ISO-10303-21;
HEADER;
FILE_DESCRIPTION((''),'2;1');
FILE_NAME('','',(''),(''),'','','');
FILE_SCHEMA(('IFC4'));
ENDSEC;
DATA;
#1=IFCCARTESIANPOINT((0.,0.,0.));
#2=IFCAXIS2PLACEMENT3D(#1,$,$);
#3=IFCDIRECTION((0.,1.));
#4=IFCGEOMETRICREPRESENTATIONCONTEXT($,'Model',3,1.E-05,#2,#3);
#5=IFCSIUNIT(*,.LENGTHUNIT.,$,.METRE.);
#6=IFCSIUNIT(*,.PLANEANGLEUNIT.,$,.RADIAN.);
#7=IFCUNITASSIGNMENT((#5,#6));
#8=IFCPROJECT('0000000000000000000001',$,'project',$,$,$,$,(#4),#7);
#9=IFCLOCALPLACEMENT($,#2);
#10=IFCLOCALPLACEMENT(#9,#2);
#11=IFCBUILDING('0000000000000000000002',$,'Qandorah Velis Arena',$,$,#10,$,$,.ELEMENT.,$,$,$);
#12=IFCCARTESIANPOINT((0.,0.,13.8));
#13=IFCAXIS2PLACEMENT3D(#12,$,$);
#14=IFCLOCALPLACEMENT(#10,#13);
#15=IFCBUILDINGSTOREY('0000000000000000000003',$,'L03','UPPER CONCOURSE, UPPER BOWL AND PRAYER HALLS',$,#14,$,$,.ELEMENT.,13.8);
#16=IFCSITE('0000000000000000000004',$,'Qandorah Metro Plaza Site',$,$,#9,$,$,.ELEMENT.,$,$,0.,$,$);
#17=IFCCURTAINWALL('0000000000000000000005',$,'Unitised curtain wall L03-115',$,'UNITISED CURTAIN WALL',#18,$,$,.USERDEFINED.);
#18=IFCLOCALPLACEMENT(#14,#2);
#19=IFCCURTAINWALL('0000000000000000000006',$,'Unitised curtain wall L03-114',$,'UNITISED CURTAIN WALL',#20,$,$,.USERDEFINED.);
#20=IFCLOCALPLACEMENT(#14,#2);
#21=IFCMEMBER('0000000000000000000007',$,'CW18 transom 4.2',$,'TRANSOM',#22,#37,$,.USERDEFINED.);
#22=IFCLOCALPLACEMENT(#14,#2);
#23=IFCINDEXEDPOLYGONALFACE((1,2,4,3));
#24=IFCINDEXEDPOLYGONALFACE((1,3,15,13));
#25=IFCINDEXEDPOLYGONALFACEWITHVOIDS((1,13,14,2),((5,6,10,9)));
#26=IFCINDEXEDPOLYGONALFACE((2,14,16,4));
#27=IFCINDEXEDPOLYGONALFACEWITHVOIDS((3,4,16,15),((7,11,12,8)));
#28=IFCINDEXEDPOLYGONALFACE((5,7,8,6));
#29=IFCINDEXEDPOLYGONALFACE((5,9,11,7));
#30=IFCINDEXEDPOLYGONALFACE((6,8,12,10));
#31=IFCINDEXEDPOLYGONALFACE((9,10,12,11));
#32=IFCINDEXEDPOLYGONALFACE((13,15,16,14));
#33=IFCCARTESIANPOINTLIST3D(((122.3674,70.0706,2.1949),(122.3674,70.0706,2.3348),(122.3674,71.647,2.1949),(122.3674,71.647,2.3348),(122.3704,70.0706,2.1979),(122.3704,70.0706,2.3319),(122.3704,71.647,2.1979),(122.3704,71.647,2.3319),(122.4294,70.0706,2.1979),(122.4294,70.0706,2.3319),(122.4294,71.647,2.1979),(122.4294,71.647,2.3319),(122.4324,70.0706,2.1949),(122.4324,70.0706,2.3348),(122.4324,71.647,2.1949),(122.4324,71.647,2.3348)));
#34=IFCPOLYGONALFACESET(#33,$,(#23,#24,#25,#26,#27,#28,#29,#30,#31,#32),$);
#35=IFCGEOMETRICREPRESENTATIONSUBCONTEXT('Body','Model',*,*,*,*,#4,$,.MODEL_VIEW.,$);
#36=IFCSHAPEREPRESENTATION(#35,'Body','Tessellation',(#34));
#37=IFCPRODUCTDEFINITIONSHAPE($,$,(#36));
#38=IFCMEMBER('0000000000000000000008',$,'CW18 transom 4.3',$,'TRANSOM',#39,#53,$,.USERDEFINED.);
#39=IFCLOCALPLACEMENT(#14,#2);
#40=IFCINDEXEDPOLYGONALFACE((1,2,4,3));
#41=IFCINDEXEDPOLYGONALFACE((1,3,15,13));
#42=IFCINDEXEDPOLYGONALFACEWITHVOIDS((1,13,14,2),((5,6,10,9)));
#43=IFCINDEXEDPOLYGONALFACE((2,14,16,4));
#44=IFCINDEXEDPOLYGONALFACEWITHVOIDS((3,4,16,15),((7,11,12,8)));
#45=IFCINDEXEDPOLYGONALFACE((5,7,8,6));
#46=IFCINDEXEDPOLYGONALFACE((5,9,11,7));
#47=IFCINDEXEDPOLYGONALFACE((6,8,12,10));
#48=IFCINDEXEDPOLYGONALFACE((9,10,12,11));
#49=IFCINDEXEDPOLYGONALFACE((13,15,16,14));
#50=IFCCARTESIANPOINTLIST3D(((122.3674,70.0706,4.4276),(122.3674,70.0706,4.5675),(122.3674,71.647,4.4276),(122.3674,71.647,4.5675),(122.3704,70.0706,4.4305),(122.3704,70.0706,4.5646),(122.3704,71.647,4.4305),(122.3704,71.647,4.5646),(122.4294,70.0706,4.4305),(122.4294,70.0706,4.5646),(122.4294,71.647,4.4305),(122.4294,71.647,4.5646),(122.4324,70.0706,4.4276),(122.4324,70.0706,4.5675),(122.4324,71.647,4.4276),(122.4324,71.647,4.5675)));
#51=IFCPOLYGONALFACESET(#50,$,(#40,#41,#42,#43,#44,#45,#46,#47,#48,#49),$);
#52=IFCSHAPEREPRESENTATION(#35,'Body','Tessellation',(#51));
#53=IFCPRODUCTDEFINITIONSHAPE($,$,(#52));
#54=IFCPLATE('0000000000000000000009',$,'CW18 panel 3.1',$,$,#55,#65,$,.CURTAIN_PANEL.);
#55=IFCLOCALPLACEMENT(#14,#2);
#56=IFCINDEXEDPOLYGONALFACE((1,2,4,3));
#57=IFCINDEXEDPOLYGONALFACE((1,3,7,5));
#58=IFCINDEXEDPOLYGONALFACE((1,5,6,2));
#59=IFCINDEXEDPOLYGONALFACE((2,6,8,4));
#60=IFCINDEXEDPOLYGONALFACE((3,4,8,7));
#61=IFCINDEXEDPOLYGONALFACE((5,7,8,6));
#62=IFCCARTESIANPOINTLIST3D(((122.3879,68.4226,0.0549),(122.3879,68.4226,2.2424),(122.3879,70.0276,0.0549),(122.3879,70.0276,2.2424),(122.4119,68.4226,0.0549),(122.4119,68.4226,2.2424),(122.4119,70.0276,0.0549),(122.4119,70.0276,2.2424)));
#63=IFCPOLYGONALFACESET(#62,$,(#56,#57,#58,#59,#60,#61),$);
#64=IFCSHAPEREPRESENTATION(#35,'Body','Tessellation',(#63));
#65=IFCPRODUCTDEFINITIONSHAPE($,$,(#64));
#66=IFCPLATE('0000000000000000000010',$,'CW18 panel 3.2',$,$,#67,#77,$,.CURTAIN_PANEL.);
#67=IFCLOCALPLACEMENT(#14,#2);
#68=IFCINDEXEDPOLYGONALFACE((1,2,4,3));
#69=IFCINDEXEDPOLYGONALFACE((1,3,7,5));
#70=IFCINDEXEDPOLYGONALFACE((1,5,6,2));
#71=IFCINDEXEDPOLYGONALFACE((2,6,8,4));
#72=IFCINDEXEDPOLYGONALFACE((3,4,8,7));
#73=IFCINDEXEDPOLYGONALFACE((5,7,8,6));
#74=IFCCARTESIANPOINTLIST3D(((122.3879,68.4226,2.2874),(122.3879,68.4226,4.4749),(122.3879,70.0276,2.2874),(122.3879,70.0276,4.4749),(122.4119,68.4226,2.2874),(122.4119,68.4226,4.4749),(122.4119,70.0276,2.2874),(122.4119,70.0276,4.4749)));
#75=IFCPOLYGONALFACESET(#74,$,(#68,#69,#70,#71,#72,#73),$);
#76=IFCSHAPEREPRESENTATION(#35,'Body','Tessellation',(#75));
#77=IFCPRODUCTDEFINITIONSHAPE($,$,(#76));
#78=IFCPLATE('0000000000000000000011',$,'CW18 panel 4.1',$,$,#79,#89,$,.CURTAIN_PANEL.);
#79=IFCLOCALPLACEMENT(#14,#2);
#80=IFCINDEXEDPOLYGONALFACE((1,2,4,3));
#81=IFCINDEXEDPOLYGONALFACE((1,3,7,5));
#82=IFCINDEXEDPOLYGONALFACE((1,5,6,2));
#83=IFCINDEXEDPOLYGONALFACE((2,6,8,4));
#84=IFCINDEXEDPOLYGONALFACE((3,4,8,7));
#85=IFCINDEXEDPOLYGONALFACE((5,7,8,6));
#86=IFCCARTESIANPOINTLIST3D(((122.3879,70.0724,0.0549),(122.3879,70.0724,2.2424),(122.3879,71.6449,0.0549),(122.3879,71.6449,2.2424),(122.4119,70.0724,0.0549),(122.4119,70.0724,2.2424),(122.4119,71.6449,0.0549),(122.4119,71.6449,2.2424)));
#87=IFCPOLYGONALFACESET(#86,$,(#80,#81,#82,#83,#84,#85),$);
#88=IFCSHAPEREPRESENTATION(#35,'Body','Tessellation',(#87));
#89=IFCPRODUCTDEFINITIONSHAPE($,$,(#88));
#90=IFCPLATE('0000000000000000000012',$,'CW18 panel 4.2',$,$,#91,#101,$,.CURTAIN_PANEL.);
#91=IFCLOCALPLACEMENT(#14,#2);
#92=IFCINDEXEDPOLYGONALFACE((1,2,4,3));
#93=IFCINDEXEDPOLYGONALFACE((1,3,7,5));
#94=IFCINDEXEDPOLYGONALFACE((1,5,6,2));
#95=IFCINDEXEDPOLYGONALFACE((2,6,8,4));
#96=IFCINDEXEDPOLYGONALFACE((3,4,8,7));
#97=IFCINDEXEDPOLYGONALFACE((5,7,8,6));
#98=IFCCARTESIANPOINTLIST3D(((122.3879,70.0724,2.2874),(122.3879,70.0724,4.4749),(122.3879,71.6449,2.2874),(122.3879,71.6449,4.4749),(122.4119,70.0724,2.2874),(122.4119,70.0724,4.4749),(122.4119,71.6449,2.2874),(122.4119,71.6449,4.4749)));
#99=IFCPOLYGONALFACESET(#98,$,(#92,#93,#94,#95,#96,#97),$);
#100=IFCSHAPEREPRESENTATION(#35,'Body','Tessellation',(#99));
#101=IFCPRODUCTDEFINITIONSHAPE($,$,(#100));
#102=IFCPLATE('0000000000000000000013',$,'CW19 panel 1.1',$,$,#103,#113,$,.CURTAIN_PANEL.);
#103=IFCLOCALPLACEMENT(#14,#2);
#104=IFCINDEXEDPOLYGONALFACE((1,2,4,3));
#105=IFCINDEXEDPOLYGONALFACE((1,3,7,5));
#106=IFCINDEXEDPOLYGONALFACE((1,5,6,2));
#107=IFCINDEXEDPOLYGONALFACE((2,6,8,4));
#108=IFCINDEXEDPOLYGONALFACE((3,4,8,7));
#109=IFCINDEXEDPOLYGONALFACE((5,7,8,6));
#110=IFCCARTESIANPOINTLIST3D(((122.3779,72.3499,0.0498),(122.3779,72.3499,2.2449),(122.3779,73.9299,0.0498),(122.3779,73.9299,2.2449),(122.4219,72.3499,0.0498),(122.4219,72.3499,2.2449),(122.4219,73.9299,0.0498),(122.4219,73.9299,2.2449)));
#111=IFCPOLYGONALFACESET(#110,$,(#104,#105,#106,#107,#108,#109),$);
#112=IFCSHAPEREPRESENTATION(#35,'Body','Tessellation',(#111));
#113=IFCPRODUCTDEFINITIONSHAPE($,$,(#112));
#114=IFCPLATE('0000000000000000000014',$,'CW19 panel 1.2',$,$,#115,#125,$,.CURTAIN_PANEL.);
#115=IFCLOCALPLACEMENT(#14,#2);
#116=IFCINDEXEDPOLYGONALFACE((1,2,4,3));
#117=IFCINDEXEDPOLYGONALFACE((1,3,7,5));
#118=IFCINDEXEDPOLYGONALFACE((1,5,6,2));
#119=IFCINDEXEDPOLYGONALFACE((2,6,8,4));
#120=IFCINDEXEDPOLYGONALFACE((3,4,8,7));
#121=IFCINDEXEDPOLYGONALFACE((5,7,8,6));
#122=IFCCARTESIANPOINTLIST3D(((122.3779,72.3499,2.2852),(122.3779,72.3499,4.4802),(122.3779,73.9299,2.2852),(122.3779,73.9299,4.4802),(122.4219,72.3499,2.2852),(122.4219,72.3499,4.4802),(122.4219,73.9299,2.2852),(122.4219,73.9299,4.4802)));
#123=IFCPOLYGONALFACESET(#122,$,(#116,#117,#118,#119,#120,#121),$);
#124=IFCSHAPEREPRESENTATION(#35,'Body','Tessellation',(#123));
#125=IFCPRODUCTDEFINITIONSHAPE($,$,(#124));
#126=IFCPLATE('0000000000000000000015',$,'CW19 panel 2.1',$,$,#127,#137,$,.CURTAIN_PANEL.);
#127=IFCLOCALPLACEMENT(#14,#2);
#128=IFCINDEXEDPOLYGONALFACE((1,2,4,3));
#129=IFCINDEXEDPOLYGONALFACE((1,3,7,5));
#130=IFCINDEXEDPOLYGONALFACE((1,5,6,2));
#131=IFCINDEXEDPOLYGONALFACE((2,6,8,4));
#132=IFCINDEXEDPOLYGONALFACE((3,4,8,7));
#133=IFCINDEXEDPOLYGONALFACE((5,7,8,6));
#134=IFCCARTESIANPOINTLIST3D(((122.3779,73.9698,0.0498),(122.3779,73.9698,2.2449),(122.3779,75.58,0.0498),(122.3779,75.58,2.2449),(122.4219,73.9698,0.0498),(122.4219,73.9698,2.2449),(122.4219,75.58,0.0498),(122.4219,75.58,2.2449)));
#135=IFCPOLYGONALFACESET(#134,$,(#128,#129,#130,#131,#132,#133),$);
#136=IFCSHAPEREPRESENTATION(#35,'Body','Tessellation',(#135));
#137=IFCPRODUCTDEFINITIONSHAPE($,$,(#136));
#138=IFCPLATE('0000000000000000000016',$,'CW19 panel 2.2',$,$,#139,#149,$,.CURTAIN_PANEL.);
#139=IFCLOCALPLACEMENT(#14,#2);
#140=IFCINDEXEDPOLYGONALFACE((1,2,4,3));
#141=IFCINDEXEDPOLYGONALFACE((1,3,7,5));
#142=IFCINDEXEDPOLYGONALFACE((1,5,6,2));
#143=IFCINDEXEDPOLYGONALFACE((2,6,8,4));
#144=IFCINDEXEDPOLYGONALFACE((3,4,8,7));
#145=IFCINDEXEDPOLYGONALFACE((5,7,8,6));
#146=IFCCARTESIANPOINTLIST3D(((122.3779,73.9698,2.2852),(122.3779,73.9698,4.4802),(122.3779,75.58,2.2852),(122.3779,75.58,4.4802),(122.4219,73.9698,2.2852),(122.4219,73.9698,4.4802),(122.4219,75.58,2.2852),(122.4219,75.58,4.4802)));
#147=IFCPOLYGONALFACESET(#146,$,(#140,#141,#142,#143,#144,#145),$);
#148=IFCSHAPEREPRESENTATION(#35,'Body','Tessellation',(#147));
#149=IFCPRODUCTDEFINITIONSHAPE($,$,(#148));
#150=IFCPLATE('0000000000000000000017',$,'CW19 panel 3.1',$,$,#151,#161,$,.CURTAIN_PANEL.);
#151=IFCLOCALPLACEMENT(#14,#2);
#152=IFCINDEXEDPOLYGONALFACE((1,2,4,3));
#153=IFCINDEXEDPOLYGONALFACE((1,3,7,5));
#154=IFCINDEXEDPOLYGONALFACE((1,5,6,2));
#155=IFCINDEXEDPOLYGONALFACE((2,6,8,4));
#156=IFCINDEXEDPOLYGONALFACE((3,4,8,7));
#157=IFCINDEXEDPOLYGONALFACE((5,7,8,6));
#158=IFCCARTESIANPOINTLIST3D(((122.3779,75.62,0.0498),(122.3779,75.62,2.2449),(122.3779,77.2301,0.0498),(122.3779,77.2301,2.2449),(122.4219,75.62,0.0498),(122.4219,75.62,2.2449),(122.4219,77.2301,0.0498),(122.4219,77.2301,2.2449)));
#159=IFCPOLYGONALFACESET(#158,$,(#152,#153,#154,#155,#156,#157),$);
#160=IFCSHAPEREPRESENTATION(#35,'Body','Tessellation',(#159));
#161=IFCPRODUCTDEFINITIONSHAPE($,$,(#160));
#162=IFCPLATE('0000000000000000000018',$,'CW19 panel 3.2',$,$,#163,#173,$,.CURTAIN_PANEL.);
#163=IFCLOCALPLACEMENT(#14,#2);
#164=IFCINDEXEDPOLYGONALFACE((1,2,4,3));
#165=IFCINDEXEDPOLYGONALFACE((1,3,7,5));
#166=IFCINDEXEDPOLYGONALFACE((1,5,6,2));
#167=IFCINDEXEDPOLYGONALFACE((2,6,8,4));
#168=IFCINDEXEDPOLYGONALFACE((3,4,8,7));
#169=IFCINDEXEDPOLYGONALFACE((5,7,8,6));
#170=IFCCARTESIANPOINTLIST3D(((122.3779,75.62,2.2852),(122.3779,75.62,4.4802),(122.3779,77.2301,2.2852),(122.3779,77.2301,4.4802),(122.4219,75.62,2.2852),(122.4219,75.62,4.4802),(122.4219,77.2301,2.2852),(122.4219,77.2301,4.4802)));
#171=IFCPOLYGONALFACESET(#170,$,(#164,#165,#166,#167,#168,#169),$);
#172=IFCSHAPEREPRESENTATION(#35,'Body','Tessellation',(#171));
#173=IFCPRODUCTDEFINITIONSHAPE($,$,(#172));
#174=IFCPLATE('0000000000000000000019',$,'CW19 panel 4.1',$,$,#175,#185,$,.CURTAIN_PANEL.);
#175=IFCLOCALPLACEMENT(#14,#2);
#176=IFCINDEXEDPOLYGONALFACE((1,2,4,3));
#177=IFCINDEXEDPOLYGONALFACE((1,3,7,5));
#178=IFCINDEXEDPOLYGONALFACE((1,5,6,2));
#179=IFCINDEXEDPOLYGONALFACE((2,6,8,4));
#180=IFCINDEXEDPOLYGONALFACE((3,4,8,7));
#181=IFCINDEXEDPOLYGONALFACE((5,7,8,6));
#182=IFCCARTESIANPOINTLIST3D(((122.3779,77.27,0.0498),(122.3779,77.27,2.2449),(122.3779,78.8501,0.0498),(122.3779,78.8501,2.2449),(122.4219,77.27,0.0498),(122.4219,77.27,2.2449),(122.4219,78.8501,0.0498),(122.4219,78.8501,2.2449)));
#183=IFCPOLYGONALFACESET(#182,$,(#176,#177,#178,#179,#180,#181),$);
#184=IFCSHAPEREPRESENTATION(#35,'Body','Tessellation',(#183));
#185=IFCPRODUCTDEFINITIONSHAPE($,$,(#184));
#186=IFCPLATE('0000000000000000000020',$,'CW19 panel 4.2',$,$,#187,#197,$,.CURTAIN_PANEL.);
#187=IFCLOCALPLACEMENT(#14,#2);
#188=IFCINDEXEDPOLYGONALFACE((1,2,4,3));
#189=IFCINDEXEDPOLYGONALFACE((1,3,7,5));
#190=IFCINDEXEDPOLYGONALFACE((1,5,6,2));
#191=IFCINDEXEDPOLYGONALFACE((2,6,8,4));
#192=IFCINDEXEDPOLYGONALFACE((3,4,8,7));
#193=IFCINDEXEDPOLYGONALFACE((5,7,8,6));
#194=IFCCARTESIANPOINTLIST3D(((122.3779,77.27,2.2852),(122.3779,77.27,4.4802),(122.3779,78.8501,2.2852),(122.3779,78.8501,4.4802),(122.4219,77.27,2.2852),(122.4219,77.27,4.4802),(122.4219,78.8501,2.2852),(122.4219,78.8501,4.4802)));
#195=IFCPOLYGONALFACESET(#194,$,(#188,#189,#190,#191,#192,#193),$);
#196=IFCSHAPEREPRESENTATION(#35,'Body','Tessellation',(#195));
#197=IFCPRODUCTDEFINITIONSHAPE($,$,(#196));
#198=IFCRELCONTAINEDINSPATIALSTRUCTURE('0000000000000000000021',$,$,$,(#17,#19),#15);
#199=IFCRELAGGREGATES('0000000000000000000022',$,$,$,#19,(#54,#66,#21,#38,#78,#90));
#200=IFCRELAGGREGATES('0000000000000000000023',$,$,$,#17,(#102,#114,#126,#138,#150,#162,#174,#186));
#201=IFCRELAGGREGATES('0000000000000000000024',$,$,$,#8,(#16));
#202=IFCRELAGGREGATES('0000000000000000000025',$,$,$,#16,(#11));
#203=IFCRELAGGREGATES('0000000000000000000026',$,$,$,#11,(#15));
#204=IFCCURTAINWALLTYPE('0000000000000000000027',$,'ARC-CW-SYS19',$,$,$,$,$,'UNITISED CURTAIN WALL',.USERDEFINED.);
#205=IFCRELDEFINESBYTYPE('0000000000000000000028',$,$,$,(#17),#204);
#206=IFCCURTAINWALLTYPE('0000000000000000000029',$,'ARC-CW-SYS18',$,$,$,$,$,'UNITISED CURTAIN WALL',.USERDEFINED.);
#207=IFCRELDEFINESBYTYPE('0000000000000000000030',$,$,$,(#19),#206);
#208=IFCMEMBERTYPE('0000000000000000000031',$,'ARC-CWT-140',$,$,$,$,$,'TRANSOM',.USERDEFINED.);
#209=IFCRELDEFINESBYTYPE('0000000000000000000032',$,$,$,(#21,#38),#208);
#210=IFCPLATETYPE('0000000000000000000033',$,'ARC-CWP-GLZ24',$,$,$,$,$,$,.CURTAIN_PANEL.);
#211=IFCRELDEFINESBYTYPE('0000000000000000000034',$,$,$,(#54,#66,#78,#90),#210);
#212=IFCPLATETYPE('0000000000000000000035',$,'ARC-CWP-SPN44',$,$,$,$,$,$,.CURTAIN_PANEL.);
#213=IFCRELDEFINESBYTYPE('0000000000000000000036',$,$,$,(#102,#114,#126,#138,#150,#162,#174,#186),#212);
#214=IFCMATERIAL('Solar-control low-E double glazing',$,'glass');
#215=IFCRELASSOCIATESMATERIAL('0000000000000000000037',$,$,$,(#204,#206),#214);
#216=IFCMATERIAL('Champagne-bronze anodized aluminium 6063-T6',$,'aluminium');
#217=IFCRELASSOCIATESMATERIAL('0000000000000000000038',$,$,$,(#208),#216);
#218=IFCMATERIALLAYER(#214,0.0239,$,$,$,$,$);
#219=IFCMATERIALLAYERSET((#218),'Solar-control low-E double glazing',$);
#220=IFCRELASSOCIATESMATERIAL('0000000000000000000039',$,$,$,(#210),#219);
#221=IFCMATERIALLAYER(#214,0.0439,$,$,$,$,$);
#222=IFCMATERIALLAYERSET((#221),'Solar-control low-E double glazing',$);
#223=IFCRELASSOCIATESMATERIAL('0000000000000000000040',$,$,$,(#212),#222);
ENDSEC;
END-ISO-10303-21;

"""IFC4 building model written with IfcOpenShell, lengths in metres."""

from ifc_helpers import new_model, si_unit, direction, frame, origin, origin_2d, place, context, subcontext, project, spatial, rectangle, hollow_rectangle, extrude, material, layer, layer_set, material_profile, profile_set, type_object, element, aggregate, save


model = new_model("IFC4")

# Units and contexts
model_context = context("Model", 3, precision=1e-05, world=origin(), true_north=direction((0.0, 1.0)))
body_context = subcontext(model_context, "Body", "Model", "MODEL_VIEW")
ifc_project = project(units=[si_unit("LENGTHUNIT", "METRE"), si_unit("PLANEANGLEUNIT", "RADIAN")], contexts=[model_context])

# Site, building, storey
site_placement = place(None, origin())
site = spatial("IfcSite", under=ifc_project, at=site_placement, Name="Qandorah Metro Plaza Site", CompositionType="ELEMENT", RefElevation=0.0)
building_placement = place(site_placement, origin())
building = spatial("IfcBuilding", under=site, at=building_placement, Name="Qandorah Velis Arena", CompositionType="ELEMENT")
storey_placement = place(building_placement, frame((0.0, 0.0, 13.8)))
storey = spatial("IfcBuildingStorey", under=building, at=storey_placement, Name="L03", Description="UPPER CONCOURSE, UPPER BOWL AND PRAYER HALLS", CompositionType="ELEMENT", Elevation=13.8)

# Shared definitions
ifc_material_1 = material(Name="Solar-control low-E double glazing", Category="glass")
ifc_material_2 = material(Name="Champagne-bronze anodized aluminium 6063-T6", Category="aluminium")

# Curtain walls
curtain_wall_type_1 = type_object("IfcCurtainWallType", Name="ARC-CW-SYS19", ElementType="UNITISED CURTAIN WALL", PredefinedType="USERDEFINED", material=ifc_material_1)
curtain_wall_1_placement = place(storey_placement, origin())
curtain_wall_1 = element("IfcCurtainWall", 1, at=curtain_wall_1_placement, inside=storey, type_object=curtain_wall_type_1, Name="Unitised curtain wall L03-115", ObjectType="UNITISED CURTAIN WALL", PredefinedType="USERDEFINED")
curtain_wall_type_2 = type_object("IfcCurtainWallType", Name="ARC-CW-SYS18", ElementType="UNITISED CURTAIN WALL", PredefinedType="USERDEFINED", material=ifc_material_1)
curtain_wall_2_placement = place(storey_placement, origin())
curtain_wall_2 = element("IfcCurtainWall", 2, at=curtain_wall_2_placement, inside=storey, type_object=curtain_wall_type_2, Name="Unitised curtain wall L03-114", ObjectType="UNITISED CURTAIN WALL", PredefinedType="USERDEFINED")

# Members
ifc_material_profile_1 = material_profile(ifc_material_2, hollow_rectangle(XDim=0.0649, YDim=0.1399, WallThickness=0.0029, at=origin_2d()), Name="ALU TRANSOM 65x140")
ifc_profile_set_1 = profile_set([ifc_material_profile_1], Name="Champagne-bronze anodized aluminium 6063-T6")
member_type_1 = type_object("IfcMemberType", Name="ARC-CWT-140", ElementType="TRANSOM", PredefinedType="USERDEFINED", material=ifc_profile_set_1)
member_1_placement = place(storey_placement, frame((122.3999, 70.0706, 2.2649), z_axis=(0.0, 1.0, 0.0), x_axis=(-1.0, 0.0, 0.0)))
member_1 = element("IfcMember", 3, at=member_1_placement, type_object=member_type_1, Name="CW18 transom 4.2", ObjectType="TRANSOM", PredefinedType="USERDEFINED", context=body_context, shape_type="SweptSolid", body=[
    extrude(hollow_rectangle(XDim=0.0649, YDim=0.1399, WallThickness=0.0029, at=origin_2d()), origin(), (0.0, 0.0, 1.0), 1.5764),
])
member_2_placement = place(storey_placement, frame((122.3999, 70.0706, 4.4976), z_axis=(0.0, 1.0, 0.0), x_axis=(-1.0, 0.0, 0.0)))
member_2 = element("IfcMember", 4, at=member_2_placement, type_object=member_type_1, Name="CW18 transom 4.3", ObjectType="TRANSOM", PredefinedType="USERDEFINED", context=body_context, shape_type="SweptSolid", body=[
    extrude(hollow_rectangle(XDim=0.0649, YDim=0.1399, WallThickness=0.0029, at=origin_2d()), origin(), (0.0, 0.0, 1.0), 1.5764),
])

# Plates
ifc_layer_1 = layer(ifc_material_1, 0.0239)
ifc_layer_set_1 = layer_set([ifc_layer_1], Name="Solar-control low-E double glazing")
plate_type_1 = type_object("IfcPlateType", Name="ARC-CWP-GLZ24", PredefinedType="CURTAIN_PANEL", material=ifc_layer_set_1)
plate_1_placement = place(storey_placement, frame((122.3999, 69.2251, 0.0549), z_axis=(0.0, 0.0, 1.0), x_axis=(0.0, 1.0, 0.0)))
plate_1 = element("IfcPlate", 5, at=plate_1_placement, type_object=plate_type_1, Name="CW18 panel 3.1", PredefinedType="CURTAIN_PANEL", context=body_context, shape_type="SweptSolid", body=[
    extrude(rectangle(XDim=1.605, YDim=0.0239, at=origin_2d()), origin(), (0.0, 0.0, 1.0), 2.1875),
])
plate_2_placement = place(storey_placement, frame((122.3999, 69.2251, 2.2874), z_axis=(0.0, 0.0, 1.0), x_axis=(0.0, 1.0, 0.0)))
plate_2 = element("IfcPlate", 6, at=plate_2_placement, type_object=plate_type_1, Name="CW18 panel 3.2", PredefinedType="CURTAIN_PANEL", context=body_context, shape_type="SweptSolid", body=[
    extrude(rectangle(XDim=1.605, YDim=0.0239, at=origin_2d()), origin(), (0.0, 0.0, 1.0), 2.1875),
])
plate_3_placement = place(storey_placement, frame((122.3999, 70.8586, 0.0549), z_axis=(0.0, 0.0, 1.0), x_axis=(0.0, 1.0, 0.0)))
plate_3 = element("IfcPlate", 7, at=plate_3_placement, type_object=plate_type_1, Name="CW18 panel 4.1", PredefinedType="CURTAIN_PANEL", context=body_context, shape_type="SweptSolid", body=[
    extrude(rectangle(XDim=1.5725, YDim=0.0239, at=origin_2d()), origin(), (0.0, 0.0, 1.0), 2.1875),
])
plate_4_placement = place(storey_placement, frame((122.3999, 70.8586, 2.2874), z_axis=(0.0, 0.0, 1.0), x_axis=(0.0, 1.0, 0.0)))
plate_4 = element("IfcPlate", 8, at=plate_4_placement, type_object=plate_type_1, Name="CW18 panel 4.2", PredefinedType="CURTAIN_PANEL", context=body_context, shape_type="SweptSolid", body=[
    extrude(rectangle(XDim=1.5725, YDim=0.0239, at=origin_2d()), origin(), (0.0, 0.0, 1.0), 2.1875),
])
aggregate(curtain_wall_2, [plate_1, plate_2, member_1, member_2, plate_3, plate_4])
ifc_layer_2 = layer(ifc_material_1, 0.0439)
ifc_layer_set_2 = layer_set([ifc_layer_2], Name="Solar-control low-E double glazing")
plate_type_2 = type_object("IfcPlateType", Name="ARC-CWP-SPN44", PredefinedType="CURTAIN_PANEL", material=ifc_layer_set_2)
plate_5_placement = place(storey_placement, frame((122.3999, 73.1399, 0.0498), z_axis=(0.0, 0.0, 1.0), x_axis=(0.0, 1.0, 0.0)))
plate_5 = element("IfcPlate", 9, at=plate_5_placement, type_object=plate_type_2, Name="CW19 panel 1.1", PredefinedType="CURTAIN_PANEL", context=body_context, shape_type="SweptSolid", body=[
    extrude(rectangle(XDim=1.5801, YDim=0.0439, at=origin_2d()), origin(), (0.0, 0.0, 1.0), 2.1951),
])
plate_6_placement = place(storey_placement, frame((122.3999, 73.1399, 2.2852), z_axis=(0.0, 0.0, 1.0), x_axis=(0.0, 1.0, 0.0)))
plate_6 = element("IfcPlate", 10, at=plate_6_placement, type_object=plate_type_2, Name="CW19 panel 1.2", PredefinedType="CURTAIN_PANEL", context=body_context, shape_type="SweptSolid", body=[
    extrude(rectangle(XDim=1.5801, YDim=0.0439, at=origin_2d()), origin(), (0.0, 0.0, 1.0), 2.1951),
])
plate_7_placement = place(storey_placement, frame((122.3999, 74.7749, 0.0498), z_axis=(0.0, 0.0, 1.0), x_axis=(0.0, 1.0, 0.0)))
plate_7 = element("IfcPlate", 11, at=plate_7_placement, type_object=plate_type_2, Name="CW19 panel 2.1", PredefinedType="CURTAIN_PANEL", context=body_context, shape_type="SweptSolid", body=[
    extrude(rectangle(XDim=1.6101, YDim=0.0439, at=origin_2d()), origin(), (0.0, 0.0, 1.0), 2.1951),
])
plate_8_placement = place(storey_placement, frame((122.3999, 74.7749, 2.2852), z_axis=(0.0, 0.0, 1.0), x_axis=(0.0, 1.0, 0.0)))
plate_8 = element("IfcPlate", 12, at=plate_8_placement, type_object=plate_type_2, Name="CW19 panel 2.2", PredefinedType="CURTAIN_PANEL", context=body_context, shape_type="SweptSolid", body=[
    extrude(rectangle(XDim=1.6101, YDim=0.0439, at=origin_2d()), origin(), (0.0, 0.0, 1.0), 2.1951),
])
plate_9_placement = place(storey_placement, frame((122.3999, 76.425, 0.0498), z_axis=(0.0, 0.0, 1.0), x_axis=(0.0, 1.0, 0.0)))
plate_9 = element("IfcPlate", 13, at=plate_9_placement, type_object=plate_type_2, Name="CW19 panel 3.1", PredefinedType="CURTAIN_PANEL", context=body_context, shape_type="SweptSolid", body=[
    extrude(rectangle(XDim=1.6101, YDim=0.0439, at=origin_2d()), origin(), (0.0, 0.0, 1.0), 2.1951),
])
plate_10_placement = place(storey_placement, frame((122.3999, 76.425, 2.2852), z_axis=(0.0, 0.0, 1.0), x_axis=(0.0, 1.0, 0.0)))
plate_10 = element("IfcPlate", 14, at=plate_10_placement, type_object=plate_type_2, Name="CW19 panel 3.2", PredefinedType="CURTAIN_PANEL", context=body_context, shape_type="SweptSolid", body=[
    extrude(rectangle(XDim=1.6101, YDim=0.0439, at=origin_2d()), origin(), (0.0, 0.0, 1.0), 2.1951),
])
plate_11_placement = place(storey_placement, frame((122.3999, 78.0601, 0.0498), z_axis=(0.0, 0.0, 1.0), x_axis=(0.0, 1.0, 0.0)))
plate_11 = element("IfcPlate", 15, at=plate_11_placement, type_object=plate_type_2, Name="CW19 panel 4.1", PredefinedType="CURTAIN_PANEL", context=body_context, shape_type="SweptSolid", body=[
    extrude(rectangle(XDim=1.5801, YDim=0.0439, at=origin_2d()), origin(), (0.0, 0.0, 1.0), 2.1951),
])
plate_12_placement = place(storey_placement, frame((122.3999, 78.0601, 2.2852), z_axis=(0.0, 0.0, 1.0), x_axis=(0.0, 1.0, 0.0)))
plate_12 = element("IfcPlate", 16, at=plate_12_placement, type_object=plate_type_2, Name="CW19 panel 4.2", PredefinedType="CURTAIN_PANEL", context=body_context, shape_type="SweptSolid", body=[
    extrude(rectangle(XDim=1.5801, YDim=0.0439, at=origin_2d()), origin(), (0.0, 0.0, 1.0), 2.1951),
])
aggregate(curtain_wall_1, [plate_5, plate_6, plate_7, plate_8, plate_9, plate_10, plate_11, plate_12])

save(model, "model.ifc")
